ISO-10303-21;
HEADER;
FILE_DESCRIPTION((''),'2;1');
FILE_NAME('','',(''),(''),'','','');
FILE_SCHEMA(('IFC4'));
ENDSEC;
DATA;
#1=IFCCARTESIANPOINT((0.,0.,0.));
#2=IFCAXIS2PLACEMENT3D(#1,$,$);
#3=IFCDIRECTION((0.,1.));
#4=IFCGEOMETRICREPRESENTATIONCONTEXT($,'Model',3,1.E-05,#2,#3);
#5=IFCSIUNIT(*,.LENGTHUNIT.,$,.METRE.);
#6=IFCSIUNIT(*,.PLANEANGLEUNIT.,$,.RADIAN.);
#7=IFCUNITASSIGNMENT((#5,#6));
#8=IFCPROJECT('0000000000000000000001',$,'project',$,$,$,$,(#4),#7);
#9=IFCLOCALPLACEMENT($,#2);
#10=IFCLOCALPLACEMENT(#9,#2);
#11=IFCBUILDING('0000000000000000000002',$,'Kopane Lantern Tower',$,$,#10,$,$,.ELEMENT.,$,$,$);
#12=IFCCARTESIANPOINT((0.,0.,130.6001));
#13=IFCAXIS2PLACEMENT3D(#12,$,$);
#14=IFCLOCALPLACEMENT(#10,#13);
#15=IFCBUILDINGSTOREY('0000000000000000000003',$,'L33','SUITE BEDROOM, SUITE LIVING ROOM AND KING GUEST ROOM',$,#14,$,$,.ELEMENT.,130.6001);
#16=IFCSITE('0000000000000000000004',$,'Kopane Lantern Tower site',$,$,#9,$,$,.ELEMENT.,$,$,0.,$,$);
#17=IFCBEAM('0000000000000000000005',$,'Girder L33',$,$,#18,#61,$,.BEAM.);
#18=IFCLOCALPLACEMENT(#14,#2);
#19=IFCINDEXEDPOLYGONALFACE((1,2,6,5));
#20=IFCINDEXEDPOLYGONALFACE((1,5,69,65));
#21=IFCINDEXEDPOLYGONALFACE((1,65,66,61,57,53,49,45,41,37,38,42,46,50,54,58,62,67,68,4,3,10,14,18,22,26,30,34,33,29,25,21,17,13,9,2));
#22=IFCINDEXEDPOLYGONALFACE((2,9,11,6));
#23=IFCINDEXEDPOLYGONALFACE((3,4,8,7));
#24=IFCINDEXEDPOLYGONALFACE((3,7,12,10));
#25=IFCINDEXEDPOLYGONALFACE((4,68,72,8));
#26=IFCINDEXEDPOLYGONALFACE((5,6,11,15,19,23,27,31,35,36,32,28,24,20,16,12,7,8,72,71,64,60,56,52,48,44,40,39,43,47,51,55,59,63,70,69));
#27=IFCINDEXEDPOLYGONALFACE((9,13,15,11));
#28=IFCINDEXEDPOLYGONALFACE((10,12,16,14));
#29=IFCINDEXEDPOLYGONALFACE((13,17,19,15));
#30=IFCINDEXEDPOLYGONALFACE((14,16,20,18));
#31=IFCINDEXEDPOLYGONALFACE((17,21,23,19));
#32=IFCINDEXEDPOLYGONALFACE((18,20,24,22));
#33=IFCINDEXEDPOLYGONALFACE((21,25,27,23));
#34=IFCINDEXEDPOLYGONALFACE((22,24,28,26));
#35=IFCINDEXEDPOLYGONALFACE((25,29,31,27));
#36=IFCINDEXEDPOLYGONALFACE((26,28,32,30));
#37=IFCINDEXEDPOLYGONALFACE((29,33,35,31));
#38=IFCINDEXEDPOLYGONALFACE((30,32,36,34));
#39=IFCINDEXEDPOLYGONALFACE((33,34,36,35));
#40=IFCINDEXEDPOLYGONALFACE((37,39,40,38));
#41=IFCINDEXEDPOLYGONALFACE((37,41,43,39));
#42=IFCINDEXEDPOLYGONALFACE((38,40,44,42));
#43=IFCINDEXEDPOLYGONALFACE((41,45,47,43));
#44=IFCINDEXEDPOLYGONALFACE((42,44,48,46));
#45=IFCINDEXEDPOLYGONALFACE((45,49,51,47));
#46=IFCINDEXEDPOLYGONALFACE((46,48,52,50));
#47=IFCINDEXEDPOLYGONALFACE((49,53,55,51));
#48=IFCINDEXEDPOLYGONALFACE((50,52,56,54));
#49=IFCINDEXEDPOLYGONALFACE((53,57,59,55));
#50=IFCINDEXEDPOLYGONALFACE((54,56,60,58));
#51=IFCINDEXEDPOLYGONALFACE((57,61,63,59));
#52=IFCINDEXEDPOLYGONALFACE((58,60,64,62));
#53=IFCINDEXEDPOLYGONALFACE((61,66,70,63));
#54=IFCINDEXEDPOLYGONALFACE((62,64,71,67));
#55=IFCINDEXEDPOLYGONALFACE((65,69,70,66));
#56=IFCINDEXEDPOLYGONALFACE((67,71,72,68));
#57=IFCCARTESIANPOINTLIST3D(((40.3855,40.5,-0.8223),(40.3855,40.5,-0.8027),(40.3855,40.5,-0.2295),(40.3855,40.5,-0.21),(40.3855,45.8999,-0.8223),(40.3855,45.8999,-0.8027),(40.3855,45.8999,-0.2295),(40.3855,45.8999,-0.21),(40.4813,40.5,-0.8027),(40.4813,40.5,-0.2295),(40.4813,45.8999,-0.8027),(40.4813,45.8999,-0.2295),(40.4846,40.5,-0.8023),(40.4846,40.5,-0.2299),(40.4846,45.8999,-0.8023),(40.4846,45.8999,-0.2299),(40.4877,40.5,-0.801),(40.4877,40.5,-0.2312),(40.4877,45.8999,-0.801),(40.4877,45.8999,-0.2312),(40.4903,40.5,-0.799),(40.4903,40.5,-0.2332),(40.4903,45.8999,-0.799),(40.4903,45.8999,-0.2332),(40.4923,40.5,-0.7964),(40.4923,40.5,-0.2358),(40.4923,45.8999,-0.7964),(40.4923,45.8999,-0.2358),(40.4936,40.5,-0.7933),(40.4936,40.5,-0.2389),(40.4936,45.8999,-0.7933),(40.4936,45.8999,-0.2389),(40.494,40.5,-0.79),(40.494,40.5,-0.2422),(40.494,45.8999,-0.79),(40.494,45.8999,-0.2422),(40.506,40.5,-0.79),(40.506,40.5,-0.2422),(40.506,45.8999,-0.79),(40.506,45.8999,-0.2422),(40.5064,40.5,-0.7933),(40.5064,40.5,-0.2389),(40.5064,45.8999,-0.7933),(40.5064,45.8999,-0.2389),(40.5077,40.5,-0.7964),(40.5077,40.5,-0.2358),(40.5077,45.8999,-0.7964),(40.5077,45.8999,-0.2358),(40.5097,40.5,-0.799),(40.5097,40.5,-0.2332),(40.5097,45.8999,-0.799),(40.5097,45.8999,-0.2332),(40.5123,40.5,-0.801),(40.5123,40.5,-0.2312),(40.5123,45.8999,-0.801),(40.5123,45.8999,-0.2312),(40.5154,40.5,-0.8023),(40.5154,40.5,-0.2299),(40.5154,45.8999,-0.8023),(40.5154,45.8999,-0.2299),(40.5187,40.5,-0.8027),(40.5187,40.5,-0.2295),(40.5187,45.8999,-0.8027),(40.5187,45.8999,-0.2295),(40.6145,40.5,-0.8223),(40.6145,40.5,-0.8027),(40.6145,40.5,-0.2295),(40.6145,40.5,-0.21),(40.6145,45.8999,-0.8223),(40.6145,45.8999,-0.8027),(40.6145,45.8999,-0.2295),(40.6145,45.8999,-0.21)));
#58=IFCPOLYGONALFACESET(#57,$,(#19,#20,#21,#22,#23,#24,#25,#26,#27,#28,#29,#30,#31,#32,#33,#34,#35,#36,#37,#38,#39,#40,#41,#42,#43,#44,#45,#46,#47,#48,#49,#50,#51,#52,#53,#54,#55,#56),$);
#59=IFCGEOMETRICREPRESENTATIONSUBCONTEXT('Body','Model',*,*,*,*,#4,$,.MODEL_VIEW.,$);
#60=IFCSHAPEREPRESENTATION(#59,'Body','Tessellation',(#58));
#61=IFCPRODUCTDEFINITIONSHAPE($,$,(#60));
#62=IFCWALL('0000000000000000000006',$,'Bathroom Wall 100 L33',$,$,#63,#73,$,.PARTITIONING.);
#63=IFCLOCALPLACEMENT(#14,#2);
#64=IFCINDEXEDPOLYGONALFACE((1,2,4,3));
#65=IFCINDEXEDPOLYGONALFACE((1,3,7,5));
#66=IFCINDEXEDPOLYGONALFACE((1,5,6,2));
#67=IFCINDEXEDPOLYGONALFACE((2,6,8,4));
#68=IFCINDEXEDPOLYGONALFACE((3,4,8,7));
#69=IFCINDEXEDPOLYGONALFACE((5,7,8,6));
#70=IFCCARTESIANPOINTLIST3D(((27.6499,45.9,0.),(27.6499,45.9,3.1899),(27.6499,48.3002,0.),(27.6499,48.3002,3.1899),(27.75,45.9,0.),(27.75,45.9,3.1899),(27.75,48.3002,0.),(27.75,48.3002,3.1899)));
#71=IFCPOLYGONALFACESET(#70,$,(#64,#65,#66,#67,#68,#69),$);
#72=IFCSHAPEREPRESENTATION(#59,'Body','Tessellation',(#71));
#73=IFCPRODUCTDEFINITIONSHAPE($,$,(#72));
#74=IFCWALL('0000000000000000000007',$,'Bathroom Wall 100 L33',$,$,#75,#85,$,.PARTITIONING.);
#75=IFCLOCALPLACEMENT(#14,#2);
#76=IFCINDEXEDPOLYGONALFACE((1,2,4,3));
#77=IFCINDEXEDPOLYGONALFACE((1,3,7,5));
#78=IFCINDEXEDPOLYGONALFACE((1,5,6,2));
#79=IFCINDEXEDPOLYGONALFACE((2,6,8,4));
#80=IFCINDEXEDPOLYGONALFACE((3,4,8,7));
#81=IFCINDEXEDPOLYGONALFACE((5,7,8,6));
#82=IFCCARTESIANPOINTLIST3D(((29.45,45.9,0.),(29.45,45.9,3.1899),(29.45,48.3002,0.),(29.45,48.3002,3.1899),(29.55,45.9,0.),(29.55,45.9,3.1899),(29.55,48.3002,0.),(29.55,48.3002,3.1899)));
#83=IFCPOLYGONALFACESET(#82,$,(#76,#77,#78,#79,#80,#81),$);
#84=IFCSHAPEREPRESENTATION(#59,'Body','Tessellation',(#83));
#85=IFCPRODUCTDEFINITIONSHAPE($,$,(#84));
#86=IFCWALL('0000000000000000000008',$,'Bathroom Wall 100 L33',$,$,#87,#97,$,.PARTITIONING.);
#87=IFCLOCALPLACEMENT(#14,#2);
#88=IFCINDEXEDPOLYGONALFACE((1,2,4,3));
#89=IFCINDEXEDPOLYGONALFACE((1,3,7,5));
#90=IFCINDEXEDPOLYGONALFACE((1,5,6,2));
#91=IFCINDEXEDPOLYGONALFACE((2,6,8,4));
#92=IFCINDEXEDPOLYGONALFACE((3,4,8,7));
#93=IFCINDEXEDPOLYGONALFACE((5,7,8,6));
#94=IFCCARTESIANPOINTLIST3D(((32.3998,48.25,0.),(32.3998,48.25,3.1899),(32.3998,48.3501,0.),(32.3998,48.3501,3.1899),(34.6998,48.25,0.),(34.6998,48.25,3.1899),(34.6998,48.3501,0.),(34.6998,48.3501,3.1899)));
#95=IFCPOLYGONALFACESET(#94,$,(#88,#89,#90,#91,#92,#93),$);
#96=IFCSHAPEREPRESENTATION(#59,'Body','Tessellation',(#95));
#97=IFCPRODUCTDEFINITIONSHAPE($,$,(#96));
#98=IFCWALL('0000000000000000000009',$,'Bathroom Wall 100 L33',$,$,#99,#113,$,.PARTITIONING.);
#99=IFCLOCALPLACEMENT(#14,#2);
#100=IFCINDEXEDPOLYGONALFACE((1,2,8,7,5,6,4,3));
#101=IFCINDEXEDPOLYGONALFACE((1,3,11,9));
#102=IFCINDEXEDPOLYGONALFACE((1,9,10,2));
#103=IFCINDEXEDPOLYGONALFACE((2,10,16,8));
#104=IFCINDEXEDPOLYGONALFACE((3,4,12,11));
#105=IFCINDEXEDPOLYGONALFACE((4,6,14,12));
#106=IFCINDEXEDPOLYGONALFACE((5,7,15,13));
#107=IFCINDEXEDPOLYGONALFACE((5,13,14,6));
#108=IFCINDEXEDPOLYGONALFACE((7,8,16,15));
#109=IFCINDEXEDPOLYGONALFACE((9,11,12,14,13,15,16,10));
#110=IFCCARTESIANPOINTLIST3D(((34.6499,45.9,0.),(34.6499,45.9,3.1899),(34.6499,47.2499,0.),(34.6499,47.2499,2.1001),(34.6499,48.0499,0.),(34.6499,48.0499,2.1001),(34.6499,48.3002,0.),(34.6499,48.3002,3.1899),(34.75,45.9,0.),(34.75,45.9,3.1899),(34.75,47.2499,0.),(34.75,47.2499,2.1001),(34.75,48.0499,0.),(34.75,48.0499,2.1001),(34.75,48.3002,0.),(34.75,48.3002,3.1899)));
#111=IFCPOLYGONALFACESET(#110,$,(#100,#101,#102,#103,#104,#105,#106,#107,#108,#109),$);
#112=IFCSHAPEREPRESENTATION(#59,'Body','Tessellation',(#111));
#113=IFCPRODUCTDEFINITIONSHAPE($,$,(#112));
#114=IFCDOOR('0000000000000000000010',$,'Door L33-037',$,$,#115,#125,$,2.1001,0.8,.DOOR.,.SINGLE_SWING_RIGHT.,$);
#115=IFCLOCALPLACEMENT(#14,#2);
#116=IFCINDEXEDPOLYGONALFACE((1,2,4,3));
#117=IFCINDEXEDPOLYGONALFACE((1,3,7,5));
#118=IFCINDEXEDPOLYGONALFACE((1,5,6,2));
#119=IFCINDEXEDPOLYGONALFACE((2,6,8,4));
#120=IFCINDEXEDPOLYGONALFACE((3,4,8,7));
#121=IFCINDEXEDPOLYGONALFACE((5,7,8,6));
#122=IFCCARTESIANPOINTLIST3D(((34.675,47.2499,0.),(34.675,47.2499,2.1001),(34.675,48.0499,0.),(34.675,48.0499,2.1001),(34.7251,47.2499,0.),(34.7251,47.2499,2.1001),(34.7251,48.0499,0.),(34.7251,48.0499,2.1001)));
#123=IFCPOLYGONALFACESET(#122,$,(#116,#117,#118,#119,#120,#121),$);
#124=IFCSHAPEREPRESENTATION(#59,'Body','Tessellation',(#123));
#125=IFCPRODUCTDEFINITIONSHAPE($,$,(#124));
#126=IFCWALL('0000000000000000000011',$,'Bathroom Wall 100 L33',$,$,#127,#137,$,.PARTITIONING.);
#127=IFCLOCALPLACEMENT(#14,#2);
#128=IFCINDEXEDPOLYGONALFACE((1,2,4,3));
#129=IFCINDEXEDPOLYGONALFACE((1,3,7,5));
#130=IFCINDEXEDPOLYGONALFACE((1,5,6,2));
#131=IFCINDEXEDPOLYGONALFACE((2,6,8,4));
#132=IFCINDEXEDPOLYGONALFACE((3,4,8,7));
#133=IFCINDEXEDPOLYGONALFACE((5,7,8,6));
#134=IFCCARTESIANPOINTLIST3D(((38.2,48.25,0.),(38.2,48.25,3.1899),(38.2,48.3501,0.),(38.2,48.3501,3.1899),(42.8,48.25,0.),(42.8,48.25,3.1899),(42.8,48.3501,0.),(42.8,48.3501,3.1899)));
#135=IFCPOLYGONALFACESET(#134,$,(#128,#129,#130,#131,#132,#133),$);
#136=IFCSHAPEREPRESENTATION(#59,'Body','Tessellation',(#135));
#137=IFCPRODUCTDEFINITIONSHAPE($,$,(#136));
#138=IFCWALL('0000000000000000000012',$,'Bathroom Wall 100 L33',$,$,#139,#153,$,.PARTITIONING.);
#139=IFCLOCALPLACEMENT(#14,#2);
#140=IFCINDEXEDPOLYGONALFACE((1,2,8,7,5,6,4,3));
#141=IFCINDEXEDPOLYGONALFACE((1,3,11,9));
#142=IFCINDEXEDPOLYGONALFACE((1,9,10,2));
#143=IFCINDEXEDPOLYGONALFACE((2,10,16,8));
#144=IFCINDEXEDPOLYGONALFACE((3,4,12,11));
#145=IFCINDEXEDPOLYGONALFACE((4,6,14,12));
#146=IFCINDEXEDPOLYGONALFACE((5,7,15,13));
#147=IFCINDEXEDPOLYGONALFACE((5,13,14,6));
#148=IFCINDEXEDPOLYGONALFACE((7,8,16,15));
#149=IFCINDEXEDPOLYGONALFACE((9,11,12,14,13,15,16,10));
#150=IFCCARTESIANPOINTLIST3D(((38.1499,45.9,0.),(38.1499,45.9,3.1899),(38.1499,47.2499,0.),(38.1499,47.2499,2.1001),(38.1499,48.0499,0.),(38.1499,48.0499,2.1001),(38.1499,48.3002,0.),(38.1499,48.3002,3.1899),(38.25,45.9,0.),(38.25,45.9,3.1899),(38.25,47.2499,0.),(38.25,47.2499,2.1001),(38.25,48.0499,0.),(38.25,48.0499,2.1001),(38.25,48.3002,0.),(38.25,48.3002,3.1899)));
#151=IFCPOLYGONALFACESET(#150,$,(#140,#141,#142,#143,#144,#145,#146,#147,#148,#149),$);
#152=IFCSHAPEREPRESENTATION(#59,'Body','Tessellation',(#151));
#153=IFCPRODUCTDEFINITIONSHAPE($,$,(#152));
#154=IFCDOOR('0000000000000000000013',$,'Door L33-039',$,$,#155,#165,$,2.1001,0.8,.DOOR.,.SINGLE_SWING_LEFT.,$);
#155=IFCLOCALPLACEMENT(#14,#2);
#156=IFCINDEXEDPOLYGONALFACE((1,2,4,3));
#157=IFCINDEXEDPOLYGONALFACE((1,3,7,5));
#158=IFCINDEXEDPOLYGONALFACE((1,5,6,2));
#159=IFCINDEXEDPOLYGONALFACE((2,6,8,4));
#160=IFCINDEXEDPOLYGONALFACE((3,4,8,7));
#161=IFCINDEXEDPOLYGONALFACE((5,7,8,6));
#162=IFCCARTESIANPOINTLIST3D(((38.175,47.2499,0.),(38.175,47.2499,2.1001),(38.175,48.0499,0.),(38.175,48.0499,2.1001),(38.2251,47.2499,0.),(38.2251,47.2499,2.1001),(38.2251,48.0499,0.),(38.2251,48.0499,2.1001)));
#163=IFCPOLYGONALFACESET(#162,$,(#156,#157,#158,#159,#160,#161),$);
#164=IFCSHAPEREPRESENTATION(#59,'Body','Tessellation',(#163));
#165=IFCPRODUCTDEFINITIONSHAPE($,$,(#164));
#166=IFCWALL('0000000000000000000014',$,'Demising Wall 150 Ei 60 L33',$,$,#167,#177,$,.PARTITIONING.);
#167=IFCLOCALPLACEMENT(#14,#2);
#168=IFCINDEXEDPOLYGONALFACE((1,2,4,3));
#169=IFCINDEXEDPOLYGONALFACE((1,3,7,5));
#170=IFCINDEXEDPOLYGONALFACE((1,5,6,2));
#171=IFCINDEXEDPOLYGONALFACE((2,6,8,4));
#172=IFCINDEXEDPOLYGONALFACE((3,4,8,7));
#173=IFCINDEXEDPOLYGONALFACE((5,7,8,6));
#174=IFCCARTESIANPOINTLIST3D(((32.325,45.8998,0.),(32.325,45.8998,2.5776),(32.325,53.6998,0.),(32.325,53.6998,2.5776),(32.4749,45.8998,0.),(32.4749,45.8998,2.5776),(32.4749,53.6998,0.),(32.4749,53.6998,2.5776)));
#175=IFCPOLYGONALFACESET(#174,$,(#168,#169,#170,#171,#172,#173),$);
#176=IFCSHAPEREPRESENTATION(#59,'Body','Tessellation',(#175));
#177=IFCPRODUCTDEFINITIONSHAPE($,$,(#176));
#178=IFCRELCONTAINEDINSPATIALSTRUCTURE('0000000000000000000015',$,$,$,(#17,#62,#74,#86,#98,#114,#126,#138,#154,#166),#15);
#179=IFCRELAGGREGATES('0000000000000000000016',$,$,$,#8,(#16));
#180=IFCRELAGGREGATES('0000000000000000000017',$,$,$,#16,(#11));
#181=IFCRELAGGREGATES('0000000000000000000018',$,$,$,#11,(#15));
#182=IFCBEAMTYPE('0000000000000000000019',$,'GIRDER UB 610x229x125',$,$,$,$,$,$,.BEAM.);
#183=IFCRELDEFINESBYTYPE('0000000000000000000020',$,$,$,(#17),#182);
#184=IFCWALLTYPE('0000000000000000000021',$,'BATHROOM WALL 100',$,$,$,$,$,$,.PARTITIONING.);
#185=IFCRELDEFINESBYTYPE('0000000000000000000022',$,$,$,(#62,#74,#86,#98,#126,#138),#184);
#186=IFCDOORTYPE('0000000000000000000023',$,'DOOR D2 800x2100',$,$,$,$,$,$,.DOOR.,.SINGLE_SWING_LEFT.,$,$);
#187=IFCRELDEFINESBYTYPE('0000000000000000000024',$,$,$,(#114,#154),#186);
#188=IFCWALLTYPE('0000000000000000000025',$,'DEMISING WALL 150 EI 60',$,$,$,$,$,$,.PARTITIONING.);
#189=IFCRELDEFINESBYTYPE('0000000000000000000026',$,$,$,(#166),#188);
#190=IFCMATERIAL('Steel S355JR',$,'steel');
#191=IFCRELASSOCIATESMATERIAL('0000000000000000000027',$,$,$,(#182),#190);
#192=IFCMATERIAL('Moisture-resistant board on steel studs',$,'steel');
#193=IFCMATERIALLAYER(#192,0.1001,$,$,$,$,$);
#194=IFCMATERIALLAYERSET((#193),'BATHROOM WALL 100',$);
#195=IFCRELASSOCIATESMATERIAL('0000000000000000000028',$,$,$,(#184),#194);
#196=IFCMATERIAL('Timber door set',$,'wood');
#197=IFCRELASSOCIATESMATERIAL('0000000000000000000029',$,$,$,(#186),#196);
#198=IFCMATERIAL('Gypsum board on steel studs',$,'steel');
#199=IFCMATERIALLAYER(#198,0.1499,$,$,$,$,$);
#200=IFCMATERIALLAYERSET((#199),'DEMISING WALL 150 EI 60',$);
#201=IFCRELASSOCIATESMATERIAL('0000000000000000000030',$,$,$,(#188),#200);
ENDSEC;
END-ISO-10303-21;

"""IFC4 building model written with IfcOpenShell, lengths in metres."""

from ifc_helpers import new_model, si_unit, direction, frame, frame_2d, origin, origin_2d, place, context, subcontext, project, spatial, rectangle, i_section, extrude, material, layer, layer_set, material_profile, profile_set, type_object, element, fill, save


model = new_model("IFC4")

# Units and contexts
model_context = context("Model", 3, precision=1e-05, world=origin(), true_north=direction((0.0, 1.0)))
body_context = subcontext(model_context, "Body", "Model", "MODEL_VIEW")
ifc_project = project(units=[si_unit("LENGTHUNIT", "METRE"), si_unit("PLANEANGLEUNIT", "RADIAN")], contexts=[model_context])

# Site, building, storey
site_placement = place(None, origin())
site = spatial("IfcSite", under=ifc_project, at=site_placement, Name="Kopane Lantern Tower site", CompositionType="ELEMENT", RefElevation=0.0)
building_placement = place(site_placement, origin())
building = spatial("IfcBuilding", under=site, at=building_placement, Name="Kopane Lantern Tower", CompositionType="ELEMENT")
storey_placement = place(building_placement, frame((0.0, 0.0, 130.6001)))
storey = spatial("IfcBuildingStorey", under=building, at=storey_placement, Name="L33", Description="SUITE BEDROOM, SUITE LIVING ROOM AND KING GUEST ROOM", CompositionType="ELEMENT", Elevation=130.6001)

# Beam
ifc_material_1 = material(Name="Steel S355JR", Category="steel")
ifc_material_profile_1 = material_profile(ifc_material_1, i_section(OverallWidth=0.229, OverallDepth=0.6123, WebThickness=0.012, FlangeThickness=0.0195, FilletRadius=0.0127, at=origin_2d()), Name="UB 610x229x125")
ifc_profile_set_1 = profile_set([ifc_material_profile_1], Name="Steel S355JR")
beam_type = type_object("IfcBeamType", Name="GIRDER UB 610x229x125", PredefinedType="BEAM", material=ifc_profile_set_1)
beam_1_placement = place(storey_placement, frame((40.5, 40.5, -0.5161), z_axis=(0.0, 1.0, 0.0), x_axis=(-1.0, 0.0, 0.0)))
element("IfcBeam", 1, at=beam_1_placement, inside=storey, type_object=beam_type, Name="Girder L33", PredefinedType="BEAM", context=body_context, shape_type="SweptSolid", body=[
    extrude(i_section(OverallWidth=0.229, OverallDepth=0.6123, WebThickness=0.012, FlangeThickness=0.0195, FilletRadius=0.0127, at=origin_2d()), origin(), (0.0, 0.0, 1.0), 5.3999),
])

# Walls
ifc_material_2 = material(Name="Moisture-resistant board on steel studs", Category="steel")
ifc_layer_1 = layer(ifc_material_2, 0.1001)
ifc_layer_set_1 = layer_set([ifc_layer_1], Name="BATHROOM WALL 100")
wall_type_1 = type_object("IfcWallType", Name="BATHROOM WALL 100", PredefinedType="PARTITIONING", material=ifc_layer_set_1)
for number, where, z_axis, x_axis, name in (
    (2, (27.7, 45.8999, 0.0), (0.0, 0.0, 1.0), (0.0, 1.0, 0.0), "Bathroom Wall 100 L33"),
    (3, (29.5, 45.8999, 0.0), (0.0, 0.0, 1.0), (0.0, 1.0, 0.0), "Bathroom Wall 100 L33"),
):
    element("IfcWall", number, at=place(storey_placement, frame(where, z_axis=z_axis, x_axis=x_axis)), inside=storey, type_object=wall_type_1, Name=name, PredefinedType="PARTITIONING", context=body_context, shape_type="SweptSolid", body=[
        extrude(rectangle(XDim=2.4001, YDim=0.1001, at=frame_2d((1.2002, 0.0))), origin(), (0.0, 0.0, 1.0), 3.1899),
    ])
wall_1_placement = place(storey_placement, frame((32.3999, 48.3, 0.0), z_axis=(0.0, 0.0, 1.0), x_axis=(1.0, 0.0, 0.0)))
element("IfcWall", 4, at=wall_1_placement, inside=storey, type_object=wall_type_1, Name="Bathroom Wall 100 L33", PredefinedType="PARTITIONING", context=body_context, shape_type="SweptSolid", body=[
    extrude(rectangle(XDim=2.3, YDim=0.1001, at=frame_2d((1.1499, 0.0))), origin(), (0.0, 0.0, 1.0), 3.1899),
])

# Wall, opening, door
wall_2_placement = place(storey_placement, frame((34.7, 45.8999, 0.0), z_axis=(0.0, 0.0, 1.0), x_axis=(0.0, 1.0, 0.0)))
wall_2 = element("IfcWall", 5, at=wall_2_placement, inside=storey, type_object=wall_type_1, Name="Bathroom Wall 100 L33", PredefinedType="PARTITIONING", context=body_context, shape_type="SweptSolid", body=[
    extrude(rectangle(XDim=2.4001, YDim=0.1001, at=frame_2d((1.2002, 0.0))), origin(), (0.0, 0.0, 1.0), 3.1899),
])
opening_1_placement = place(wall_2_placement, frame((1.3501, 0.0, 0.0)))
opening_1 = element("IfcOpeningElement", 6, at=opening_1_placement, cuts=wall_2, PredefinedType="OPENING", context=body_context, shape_type="SweptSolid", body=[
    extrude(rectangle(XDim=0.8, YDim=2.1001, at=frame_2d((0.3999, 1.05))), frame((0.0, 0.0601, 0.0), z_axis=(0.0, -1.0, 0.0), x_axis=(1.0, 0.0, 0.0)), (0.0, 0.0, 1.0), 0.1201),
])
ifc_material_3 = material(Name="Timber door set", Category="wood")
door_type = type_object("IfcDoorType", Name="DOOR D2 800x2100", OperationType="SINGLE_SWING_LEFT", PredefinedType="DOOR", material=ifc_material_3)
door_1_placement = place(opening_1_placement, origin())
door_1 = element("IfcDoor", 7, at=door_1_placement, inside=storey, type_object=door_type, Name="Door L33-037", OperationType="SINGLE_SWING_RIGHT", OverallHeight=2.1001, OverallWidth=0.8, PredefinedType="DOOR", context=body_context, shape_type="SweptSolid", body=[
    extrude(rectangle(XDim=0.8, YDim=2.1001, at=frame_2d((0.3999, 1.05))), frame((0.0, 0.0249, 0.0), z_axis=(0.0, -1.0, 0.0), x_axis=(1.0, 0.0, 0.0)), (0.0, 0.0, 1.0), 0.05),
])
fill(opening_1, door_1)

# Wall
wall_3_placement = place(storey_placement, frame((38.2, 48.3, 0.0), z_axis=(0.0, 0.0, 1.0), x_axis=(1.0, 0.0, 0.0)))
element("IfcWall", 8, at=wall_3_placement, inside=storey, type_object=wall_type_1, Name="Bathroom Wall 100 L33", PredefinedType="PARTITIONING", context=body_context, shape_type="SweptSolid", body=[
    extrude(rectangle(XDim=4.6001, YDim=0.1001, at=frame_2d((2.3, 0.0))), origin(), (0.0, 0.0, 1.0), 3.1899),
])

# Wall, opening, door
wall_4_placement = place(storey_placement, frame((38.2, 45.8999, 0.0), z_axis=(0.0, 0.0, 1.0), x_axis=(0.0, 1.0, 0.0)))
wall_4 = element("IfcWall", 9, at=wall_4_placement, inside=storey, type_object=wall_type_1, Name="Bathroom Wall 100 L33", PredefinedType="PARTITIONING", context=body_context, shape_type="SweptSolid", body=[
    extrude(rectangle(XDim=2.4001, YDim=0.1001, at=frame_2d((1.2002, 0.0))), origin(), (0.0, 0.0, 1.0), 3.1899),
])
opening_2_placement = place(wall_4_placement, frame((1.3501, 0.0, 0.0)))
opening_2 = element("IfcOpeningElement", 10, at=opening_2_placement, cuts=wall_4, PredefinedType="OPENING", context=body_context, shape_type="SweptSolid", body=[
    extrude(rectangle(XDim=0.8, YDim=2.1001, at=frame_2d((0.3999, 1.05))), frame((0.0, 0.0601, 0.0), z_axis=(0.0, -1.0, 0.0), x_axis=(1.0, 0.0, 0.0)), (0.0, 0.0, 1.0), 0.1201),
])
door_2_placement = place(opening_2_placement, origin())
door_2 = element("IfcDoor", 11, at=door_2_placement, inside=storey, type_object=door_type, Name="Door L33-039", OperationType="SINGLE_SWING_LEFT", OverallHeight=2.1001, OverallWidth=0.8, PredefinedType="DOOR", context=body_context, shape_type="SweptSolid", body=[
    extrude(rectangle(XDim=0.8, YDim=2.1001, at=frame_2d((0.3999, 1.05))), frame((0.0, 0.0249, 0.0), z_axis=(0.0, -1.0, 0.0), x_axis=(1.0, 0.0, 0.0)), (0.0, 0.0, 1.0), 0.05),
])
fill(opening_2, door_2)

# Wall
ifc_material_4 = material(Name="Gypsum board on steel studs", Category="steel")
ifc_layer_2 = layer(ifc_material_4, 0.1499)
ifc_layer_set_2 = layer_set([ifc_layer_2], Name="DEMISING WALL 150 EI 60")
wall_type_2 = type_object("IfcWallType", Name="DEMISING WALL 150 EI 60", PredefinedType="PARTITIONING", material=ifc_layer_set_2)
wall_5_placement = place(storey_placement, frame((32.3999, 45.8999, 0.0), z_axis=(0.0, 0.0, 1.0), x_axis=(0.0, 1.0, 0.0)))
element("IfcWall", 12, at=wall_5_placement, inside=storey, type_object=wall_type_2, Name="Demising Wall 150 Ei 60 L33", PredefinedType="PARTITIONING", context=body_context, shape_type="SweptSolid", body=[
    extrude(rectangle(XDim=7.8, YDim=0.1499, at=frame_2d((3.8999, 0.0))), origin(), (0.0, 0.0, 1.0), 2.5776),
])

save(model, "model.ifc")
